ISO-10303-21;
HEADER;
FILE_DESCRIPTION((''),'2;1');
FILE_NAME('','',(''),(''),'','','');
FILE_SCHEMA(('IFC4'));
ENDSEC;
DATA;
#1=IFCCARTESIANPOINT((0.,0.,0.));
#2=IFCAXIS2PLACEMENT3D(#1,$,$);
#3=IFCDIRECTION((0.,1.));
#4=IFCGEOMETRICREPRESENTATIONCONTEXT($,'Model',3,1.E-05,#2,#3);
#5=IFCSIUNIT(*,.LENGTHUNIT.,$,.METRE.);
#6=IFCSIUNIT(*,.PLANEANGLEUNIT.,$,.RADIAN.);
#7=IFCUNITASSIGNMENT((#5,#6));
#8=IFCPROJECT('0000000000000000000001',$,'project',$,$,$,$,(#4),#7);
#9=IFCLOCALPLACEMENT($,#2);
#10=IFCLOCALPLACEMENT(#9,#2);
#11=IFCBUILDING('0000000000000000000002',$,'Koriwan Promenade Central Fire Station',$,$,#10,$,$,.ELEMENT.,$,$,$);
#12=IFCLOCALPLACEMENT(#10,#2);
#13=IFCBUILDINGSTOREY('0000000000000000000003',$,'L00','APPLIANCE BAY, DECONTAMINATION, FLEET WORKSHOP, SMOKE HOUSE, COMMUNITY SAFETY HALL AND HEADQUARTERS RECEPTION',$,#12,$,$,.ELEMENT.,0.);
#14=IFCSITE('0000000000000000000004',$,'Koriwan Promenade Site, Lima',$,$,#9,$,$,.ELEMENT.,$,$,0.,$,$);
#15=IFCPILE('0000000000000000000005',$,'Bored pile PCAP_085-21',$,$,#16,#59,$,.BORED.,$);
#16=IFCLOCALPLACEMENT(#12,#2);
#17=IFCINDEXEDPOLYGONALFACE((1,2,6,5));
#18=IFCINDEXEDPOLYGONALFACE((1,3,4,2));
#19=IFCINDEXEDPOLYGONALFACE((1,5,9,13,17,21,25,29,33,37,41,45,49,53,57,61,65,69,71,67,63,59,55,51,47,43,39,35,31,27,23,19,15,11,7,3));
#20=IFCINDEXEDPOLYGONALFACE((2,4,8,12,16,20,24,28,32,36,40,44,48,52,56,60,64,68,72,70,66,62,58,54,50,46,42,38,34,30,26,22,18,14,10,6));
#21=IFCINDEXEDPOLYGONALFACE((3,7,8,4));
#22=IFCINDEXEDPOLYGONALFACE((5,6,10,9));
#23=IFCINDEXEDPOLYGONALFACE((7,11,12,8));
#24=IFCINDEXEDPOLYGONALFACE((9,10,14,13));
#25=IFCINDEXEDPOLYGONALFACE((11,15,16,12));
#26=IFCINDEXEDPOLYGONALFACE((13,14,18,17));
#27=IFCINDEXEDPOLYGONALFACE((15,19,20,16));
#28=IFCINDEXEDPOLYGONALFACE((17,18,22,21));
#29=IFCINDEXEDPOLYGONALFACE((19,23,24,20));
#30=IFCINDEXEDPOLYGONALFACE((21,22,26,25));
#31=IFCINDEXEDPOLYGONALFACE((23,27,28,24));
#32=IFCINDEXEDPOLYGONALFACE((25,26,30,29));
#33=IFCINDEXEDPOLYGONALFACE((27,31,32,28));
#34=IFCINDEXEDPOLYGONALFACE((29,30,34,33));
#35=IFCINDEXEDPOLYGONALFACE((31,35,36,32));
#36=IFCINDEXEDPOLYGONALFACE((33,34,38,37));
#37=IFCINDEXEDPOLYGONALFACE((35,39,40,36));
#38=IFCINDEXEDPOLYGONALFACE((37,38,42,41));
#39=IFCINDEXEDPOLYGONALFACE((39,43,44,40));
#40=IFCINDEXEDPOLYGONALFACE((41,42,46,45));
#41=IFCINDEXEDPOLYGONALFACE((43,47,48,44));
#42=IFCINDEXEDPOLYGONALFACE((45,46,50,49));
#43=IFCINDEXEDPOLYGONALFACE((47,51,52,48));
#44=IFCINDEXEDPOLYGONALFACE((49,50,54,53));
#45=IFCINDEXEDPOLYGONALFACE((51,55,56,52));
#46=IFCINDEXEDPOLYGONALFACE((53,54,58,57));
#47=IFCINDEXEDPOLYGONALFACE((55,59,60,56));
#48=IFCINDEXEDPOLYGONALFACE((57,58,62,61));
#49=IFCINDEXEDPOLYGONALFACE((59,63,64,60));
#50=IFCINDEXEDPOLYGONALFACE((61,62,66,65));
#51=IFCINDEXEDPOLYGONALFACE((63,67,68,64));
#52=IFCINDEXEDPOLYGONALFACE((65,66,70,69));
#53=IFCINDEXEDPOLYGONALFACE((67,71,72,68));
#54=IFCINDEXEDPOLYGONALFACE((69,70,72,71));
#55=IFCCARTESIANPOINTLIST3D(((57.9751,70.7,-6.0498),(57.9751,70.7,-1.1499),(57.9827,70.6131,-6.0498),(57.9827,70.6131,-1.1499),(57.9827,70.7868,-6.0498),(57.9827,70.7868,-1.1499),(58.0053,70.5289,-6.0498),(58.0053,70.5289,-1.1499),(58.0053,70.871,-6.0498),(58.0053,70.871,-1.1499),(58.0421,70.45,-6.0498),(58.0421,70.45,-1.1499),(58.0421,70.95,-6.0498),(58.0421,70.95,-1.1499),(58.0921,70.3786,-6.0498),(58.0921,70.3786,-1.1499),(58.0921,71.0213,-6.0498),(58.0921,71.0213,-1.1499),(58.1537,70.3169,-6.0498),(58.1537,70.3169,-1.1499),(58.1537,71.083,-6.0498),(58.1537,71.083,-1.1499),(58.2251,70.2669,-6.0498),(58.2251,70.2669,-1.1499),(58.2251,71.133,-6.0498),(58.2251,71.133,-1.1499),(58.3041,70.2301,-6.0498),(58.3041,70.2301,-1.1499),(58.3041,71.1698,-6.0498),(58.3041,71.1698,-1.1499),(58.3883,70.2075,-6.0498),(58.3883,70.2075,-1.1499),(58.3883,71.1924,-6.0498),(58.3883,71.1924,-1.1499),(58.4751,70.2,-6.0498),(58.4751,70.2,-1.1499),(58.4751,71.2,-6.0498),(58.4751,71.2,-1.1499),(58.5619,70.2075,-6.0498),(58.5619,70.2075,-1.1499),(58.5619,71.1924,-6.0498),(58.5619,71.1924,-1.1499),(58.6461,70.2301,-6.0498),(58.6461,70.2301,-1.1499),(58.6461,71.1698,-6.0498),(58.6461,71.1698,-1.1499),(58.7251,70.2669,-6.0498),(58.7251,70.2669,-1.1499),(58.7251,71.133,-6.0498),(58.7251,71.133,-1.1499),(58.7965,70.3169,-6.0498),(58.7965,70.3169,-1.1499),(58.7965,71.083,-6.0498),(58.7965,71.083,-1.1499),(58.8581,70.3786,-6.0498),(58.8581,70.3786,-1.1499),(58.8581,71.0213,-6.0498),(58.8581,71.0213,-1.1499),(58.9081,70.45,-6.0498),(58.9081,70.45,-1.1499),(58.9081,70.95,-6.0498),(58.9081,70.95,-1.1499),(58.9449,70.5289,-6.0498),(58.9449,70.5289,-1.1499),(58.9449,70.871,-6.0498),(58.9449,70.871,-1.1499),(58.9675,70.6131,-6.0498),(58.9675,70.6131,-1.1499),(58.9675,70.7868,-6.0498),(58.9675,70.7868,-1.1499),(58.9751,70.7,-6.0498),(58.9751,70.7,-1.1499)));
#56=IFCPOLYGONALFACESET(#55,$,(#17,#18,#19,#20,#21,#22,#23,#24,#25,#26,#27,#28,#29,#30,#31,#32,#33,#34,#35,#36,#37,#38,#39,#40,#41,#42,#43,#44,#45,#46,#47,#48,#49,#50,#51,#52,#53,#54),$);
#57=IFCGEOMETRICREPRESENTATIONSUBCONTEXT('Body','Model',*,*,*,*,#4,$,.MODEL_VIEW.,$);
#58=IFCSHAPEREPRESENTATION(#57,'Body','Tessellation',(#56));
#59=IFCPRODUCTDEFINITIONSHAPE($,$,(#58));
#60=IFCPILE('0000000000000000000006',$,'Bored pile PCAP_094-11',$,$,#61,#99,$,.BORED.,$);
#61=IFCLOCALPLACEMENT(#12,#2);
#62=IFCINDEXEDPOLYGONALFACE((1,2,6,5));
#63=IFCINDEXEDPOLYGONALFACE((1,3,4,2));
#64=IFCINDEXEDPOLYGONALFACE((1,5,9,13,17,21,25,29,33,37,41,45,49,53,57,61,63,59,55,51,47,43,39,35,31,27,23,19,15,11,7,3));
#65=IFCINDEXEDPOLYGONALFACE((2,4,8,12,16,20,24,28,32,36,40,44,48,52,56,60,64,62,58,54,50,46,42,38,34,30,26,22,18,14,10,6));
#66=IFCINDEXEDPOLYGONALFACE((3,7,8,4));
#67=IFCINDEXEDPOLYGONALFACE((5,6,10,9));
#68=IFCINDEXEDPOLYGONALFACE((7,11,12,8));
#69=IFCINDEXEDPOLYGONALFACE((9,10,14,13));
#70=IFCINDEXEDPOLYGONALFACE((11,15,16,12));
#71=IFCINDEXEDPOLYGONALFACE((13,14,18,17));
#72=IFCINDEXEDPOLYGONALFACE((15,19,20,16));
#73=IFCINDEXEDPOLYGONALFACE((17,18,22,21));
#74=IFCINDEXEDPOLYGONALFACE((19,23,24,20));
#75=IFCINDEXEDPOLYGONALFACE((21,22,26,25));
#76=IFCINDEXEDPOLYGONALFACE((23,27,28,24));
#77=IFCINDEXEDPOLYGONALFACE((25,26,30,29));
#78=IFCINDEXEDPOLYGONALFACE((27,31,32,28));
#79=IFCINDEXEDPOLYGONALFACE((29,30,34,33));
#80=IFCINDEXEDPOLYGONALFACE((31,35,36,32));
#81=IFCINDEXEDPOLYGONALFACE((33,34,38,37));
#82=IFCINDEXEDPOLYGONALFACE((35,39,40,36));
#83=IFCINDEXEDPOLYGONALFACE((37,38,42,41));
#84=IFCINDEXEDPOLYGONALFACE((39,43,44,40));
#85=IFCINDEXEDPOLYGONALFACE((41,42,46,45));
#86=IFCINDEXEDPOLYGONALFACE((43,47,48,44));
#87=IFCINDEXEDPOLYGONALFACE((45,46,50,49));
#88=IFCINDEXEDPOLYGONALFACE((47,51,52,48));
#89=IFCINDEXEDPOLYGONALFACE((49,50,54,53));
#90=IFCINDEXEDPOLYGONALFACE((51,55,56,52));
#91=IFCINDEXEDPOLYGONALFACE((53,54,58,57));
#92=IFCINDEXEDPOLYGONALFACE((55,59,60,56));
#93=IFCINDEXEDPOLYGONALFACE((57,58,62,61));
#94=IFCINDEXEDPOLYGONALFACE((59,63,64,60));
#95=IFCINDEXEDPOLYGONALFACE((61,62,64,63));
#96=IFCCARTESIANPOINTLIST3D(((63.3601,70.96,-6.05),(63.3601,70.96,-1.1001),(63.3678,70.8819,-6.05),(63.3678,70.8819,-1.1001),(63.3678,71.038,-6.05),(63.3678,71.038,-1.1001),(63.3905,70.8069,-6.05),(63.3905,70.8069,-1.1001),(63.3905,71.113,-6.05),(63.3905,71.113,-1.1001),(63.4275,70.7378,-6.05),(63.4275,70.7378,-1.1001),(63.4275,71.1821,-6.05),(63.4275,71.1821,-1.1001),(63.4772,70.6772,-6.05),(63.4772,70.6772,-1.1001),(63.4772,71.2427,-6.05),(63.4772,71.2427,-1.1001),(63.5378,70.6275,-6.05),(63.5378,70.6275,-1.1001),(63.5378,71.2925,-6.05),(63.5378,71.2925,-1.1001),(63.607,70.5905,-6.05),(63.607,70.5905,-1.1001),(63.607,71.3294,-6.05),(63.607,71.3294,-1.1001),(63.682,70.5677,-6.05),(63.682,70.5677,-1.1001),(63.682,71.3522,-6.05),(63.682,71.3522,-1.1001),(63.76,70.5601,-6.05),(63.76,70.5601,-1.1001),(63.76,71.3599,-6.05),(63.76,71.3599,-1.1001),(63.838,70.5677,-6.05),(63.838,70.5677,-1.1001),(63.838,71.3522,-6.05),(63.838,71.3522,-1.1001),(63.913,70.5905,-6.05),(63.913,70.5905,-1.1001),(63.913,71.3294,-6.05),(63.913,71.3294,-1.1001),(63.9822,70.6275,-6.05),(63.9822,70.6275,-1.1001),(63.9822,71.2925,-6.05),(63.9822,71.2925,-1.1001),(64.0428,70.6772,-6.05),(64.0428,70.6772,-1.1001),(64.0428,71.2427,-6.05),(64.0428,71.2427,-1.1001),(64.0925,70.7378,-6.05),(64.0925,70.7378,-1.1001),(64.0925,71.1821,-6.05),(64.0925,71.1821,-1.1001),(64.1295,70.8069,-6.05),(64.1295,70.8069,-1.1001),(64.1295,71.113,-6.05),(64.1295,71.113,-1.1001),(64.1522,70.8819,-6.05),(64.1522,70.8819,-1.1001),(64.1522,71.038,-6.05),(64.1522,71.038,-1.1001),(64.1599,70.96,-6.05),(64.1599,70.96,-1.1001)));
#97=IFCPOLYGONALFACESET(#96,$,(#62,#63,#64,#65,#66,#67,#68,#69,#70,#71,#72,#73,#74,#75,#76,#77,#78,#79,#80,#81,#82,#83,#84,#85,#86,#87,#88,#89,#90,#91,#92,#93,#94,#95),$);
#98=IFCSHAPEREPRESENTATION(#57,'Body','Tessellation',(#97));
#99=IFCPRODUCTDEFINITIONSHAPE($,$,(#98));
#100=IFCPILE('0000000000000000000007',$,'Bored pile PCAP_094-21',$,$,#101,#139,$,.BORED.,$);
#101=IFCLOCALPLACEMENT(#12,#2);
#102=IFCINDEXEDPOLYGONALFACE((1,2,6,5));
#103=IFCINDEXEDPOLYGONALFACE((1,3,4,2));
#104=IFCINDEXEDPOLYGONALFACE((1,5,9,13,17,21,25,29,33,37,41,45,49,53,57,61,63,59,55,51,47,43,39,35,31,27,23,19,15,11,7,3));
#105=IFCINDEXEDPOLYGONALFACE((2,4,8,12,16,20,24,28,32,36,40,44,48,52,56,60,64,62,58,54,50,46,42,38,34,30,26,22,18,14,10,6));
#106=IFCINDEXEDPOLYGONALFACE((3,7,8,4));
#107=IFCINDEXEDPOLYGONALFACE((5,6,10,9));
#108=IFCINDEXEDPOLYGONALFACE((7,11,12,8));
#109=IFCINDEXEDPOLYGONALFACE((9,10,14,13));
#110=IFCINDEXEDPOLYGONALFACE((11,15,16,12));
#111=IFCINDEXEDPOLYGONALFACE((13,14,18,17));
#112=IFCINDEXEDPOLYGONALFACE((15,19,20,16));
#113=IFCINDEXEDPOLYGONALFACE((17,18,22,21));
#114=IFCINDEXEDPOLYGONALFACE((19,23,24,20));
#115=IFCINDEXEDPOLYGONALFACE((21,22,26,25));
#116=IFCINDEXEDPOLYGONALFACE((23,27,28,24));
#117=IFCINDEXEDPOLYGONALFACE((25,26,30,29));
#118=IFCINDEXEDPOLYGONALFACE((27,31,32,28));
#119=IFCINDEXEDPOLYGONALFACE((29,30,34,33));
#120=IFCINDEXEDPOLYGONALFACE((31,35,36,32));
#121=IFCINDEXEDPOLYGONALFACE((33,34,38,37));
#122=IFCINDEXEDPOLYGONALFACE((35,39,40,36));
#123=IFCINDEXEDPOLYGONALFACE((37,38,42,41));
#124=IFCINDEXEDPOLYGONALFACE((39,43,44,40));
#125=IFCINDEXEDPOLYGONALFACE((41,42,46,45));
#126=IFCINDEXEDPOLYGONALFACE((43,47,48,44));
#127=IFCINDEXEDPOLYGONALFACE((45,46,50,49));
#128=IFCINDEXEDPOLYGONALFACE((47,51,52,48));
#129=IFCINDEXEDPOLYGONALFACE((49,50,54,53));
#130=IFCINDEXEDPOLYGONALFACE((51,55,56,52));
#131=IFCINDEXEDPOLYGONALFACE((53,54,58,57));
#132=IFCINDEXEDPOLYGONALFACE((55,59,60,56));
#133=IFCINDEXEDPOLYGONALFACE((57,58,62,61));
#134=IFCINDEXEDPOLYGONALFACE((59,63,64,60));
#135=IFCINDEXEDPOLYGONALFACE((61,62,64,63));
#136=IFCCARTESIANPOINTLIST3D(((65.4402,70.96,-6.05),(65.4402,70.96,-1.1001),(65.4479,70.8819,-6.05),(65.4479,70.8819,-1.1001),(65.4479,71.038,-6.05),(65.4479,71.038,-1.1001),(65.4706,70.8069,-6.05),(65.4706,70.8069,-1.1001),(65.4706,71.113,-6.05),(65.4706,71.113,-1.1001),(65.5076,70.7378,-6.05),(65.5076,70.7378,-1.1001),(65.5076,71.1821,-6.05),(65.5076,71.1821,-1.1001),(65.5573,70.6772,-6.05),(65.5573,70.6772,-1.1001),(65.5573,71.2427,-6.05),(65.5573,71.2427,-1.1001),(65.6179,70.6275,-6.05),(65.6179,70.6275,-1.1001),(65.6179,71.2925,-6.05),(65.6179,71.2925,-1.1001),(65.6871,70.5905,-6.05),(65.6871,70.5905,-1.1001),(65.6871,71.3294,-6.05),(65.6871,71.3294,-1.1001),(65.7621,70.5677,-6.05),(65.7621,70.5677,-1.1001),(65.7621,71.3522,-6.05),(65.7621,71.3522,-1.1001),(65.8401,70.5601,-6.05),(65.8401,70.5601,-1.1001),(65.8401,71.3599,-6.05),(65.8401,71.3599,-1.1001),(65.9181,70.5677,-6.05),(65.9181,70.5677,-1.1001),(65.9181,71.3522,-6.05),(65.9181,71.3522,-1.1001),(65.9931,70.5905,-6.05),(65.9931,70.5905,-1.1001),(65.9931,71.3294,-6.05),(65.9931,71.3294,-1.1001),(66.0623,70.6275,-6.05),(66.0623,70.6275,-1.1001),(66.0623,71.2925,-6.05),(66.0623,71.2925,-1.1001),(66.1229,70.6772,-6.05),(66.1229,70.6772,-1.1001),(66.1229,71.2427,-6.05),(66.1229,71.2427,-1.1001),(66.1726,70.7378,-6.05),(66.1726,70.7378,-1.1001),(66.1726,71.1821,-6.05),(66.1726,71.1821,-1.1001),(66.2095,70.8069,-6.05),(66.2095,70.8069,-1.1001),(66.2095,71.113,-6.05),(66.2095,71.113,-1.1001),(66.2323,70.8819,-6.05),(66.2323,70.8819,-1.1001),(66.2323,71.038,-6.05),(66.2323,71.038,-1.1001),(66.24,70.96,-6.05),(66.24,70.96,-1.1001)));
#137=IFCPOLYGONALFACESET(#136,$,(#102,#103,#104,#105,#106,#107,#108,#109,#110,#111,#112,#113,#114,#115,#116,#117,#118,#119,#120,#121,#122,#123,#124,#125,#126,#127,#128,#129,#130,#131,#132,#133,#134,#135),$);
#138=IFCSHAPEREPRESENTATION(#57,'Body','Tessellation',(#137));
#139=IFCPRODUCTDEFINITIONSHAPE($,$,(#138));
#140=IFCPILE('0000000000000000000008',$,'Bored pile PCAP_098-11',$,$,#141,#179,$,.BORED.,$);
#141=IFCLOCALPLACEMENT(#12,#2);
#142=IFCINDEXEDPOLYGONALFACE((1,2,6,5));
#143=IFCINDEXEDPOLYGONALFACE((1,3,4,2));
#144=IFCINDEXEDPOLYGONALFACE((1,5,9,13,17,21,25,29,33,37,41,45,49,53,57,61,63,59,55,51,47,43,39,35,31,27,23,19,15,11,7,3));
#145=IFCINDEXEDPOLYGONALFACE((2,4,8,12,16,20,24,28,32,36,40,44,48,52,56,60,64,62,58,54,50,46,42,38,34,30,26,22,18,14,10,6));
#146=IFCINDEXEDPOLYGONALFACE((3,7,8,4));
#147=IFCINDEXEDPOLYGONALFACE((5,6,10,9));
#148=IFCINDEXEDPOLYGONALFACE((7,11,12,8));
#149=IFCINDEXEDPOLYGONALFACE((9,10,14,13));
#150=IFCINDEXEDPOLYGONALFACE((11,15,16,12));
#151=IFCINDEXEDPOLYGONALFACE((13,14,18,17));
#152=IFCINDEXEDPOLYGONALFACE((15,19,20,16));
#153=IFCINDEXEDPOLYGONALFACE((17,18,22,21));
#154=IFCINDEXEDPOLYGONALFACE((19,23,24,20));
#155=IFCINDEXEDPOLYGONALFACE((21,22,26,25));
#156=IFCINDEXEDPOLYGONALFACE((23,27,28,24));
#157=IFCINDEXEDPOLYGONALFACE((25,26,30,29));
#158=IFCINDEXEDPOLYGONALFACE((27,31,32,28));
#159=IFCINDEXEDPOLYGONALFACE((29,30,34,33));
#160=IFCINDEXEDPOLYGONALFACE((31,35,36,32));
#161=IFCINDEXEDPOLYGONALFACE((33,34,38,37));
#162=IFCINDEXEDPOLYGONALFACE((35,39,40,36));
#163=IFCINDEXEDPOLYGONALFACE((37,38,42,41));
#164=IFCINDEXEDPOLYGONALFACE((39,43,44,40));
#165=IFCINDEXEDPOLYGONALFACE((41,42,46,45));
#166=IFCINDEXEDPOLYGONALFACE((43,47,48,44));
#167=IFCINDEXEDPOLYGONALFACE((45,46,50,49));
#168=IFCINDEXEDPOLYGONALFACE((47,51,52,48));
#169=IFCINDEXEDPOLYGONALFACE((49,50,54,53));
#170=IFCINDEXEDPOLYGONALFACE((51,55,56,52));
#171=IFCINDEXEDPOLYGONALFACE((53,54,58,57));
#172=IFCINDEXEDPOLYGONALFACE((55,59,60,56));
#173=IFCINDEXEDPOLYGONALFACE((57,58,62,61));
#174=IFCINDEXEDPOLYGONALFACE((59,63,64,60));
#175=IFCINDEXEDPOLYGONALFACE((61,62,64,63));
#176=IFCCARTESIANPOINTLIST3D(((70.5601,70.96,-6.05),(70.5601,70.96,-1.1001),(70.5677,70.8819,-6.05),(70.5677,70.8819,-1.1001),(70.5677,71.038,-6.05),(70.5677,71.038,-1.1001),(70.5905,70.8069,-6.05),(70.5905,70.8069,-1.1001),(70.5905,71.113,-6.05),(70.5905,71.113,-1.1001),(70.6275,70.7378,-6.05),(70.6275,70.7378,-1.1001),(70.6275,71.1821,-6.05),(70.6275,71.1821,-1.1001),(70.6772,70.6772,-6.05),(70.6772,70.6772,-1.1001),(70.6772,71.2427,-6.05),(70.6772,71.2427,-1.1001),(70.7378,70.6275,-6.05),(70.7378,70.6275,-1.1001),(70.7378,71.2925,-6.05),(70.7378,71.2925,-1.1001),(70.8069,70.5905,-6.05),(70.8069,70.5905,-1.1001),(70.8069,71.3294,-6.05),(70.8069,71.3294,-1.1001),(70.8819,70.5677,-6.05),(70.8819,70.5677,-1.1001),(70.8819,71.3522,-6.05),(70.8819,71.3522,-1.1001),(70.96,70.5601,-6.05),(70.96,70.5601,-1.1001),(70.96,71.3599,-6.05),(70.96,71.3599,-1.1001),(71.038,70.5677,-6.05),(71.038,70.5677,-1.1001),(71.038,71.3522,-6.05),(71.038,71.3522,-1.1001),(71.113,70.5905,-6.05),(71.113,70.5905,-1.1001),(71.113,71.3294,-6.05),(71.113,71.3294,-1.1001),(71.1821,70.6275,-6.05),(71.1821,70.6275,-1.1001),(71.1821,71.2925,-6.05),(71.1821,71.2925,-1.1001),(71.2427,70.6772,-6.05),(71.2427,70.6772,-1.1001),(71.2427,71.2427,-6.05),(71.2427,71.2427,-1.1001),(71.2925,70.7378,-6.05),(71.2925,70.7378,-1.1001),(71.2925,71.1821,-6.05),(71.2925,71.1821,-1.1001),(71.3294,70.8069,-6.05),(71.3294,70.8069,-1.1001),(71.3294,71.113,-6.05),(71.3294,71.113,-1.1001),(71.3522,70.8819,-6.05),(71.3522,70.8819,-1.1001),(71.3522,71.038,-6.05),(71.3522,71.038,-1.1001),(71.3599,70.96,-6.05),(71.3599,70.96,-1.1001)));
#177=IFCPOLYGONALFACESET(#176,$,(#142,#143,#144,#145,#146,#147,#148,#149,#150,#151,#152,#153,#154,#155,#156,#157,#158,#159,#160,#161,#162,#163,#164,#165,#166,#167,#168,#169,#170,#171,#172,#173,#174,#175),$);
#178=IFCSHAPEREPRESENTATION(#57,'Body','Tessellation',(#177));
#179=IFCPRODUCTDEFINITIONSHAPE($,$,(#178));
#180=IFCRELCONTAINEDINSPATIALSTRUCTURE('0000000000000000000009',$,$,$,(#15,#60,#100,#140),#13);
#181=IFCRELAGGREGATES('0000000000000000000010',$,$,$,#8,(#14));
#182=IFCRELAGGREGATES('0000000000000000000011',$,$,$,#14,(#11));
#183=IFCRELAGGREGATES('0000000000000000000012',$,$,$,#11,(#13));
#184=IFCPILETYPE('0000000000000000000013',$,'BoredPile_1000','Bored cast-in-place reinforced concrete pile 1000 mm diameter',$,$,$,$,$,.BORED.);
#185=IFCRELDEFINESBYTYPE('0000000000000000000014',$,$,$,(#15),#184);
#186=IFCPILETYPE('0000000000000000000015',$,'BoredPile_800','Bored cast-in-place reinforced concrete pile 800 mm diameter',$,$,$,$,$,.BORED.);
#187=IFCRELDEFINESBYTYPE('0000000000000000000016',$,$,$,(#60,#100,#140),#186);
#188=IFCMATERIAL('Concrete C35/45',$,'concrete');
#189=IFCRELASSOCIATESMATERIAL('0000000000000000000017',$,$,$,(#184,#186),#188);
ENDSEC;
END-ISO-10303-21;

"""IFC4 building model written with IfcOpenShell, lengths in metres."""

from ifc_helpers import new_model, si_unit, direction, frame, origin, origin_2d, place, context, subcontext, project, spatial, circle, extrude, material, material_profile, profile_set, type_object, element, save


model = new_model("IFC4")

# Units and contexts
model_context = context("Model", 3, precision=1e-05, world=origin(), true_north=direction((0.0, 1.0)))
body_context = subcontext(model_context, "Body", "Model", "MODEL_VIEW")
ifc_project = project(units=[si_unit("LENGTHUNIT", "METRE"), si_unit("PLANEANGLEUNIT", "RADIAN")], contexts=[model_context])

# Site, building, storey
site_placement = place(None, origin())
site = spatial("IfcSite", under=ifc_project, at=site_placement, Name="Koriwan Promenade Site, Lima", CompositionType="ELEMENT", RefElevation=0.0)
building_placement = place(site_placement, origin())
building = spatial("IfcBuilding", under=site, at=building_placement, Name="Koriwan Promenade Central Fire Station", CompositionType="ELEMENT")
storey_placement = place(building_placement, origin())
storey = spatial("IfcBuildingStorey", under=building, at=storey_placement, Name="L00", Description="APPLIANCE BAY, DECONTAMINATION, FLEET WORKSHOP, SMOKE HOUSE, COMMUNITY SAFETY HALL AND HEADQUARTERS RECEPTION", CompositionType="ELEMENT", Elevation=0.0)

# Piles
ifc_material_1 = material(Name="Concrete C35/45", Category="concrete")
ifc_material_profile_1 = material_profile(ifc_material_1, circle(Radius=0.5, at=origin_2d()), Name="PILE-D1000")
ifc_profile_set_1 = profile_set([ifc_material_profile_1], Name="Concrete C35/45")
pile_type_1 = type_object("IfcPileType", Name="BoredPile_1000", Description="Bored cast-in-place reinforced concrete pile 1000 mm diameter", PredefinedType="BORED", material=ifc_profile_set_1)
pile_placement = place(storey_placement, frame((58.4751, 70.7, -1.1499), z_axis=(0.0, 0.0, -1.0), x_axis=(1.0, 0.0, 0.0)))
element("IfcPile", 1, at=pile_placement, inside=storey, type_object=pile_type_1, Name="Bored pile PCAP_085-21", PredefinedType="BORED", context=body_context, shape_type="SweptSolid", body=[
    extrude(circle(Radius=0.5, at=origin_2d()), origin(), (0.0, 0.0, 1.0), 4.8999),
])
ifc_material_profile_2 = material_profile(ifc_material_1, circle(Radius=0.3999, at=origin_2d()), Name="PILE-D800")
ifc_profile_set_2 = profile_set([ifc_material_profile_2], Name="Concrete C35/45")
pile_type_2 = type_object("IfcPileType", Name="BoredPile_800", Description="Bored cast-in-place reinforced concrete pile 800 mm diameter", PredefinedType="BORED", material=ifc_profile_set_2)
for number, where, z_axis, x_axis, name in (
    (2, (63.76, 70.96, -1.1001), (0.0, 0.0, -1.0), (1.0, 0.0, 0.0), "Bored pile PCAP_094-11"),
    (3, (65.8401, 70.96, -1.1001), (0.0, 0.0, -1.0), (1.0, 0.0, 0.0), "Bored pile PCAP_094-21"),
    (4, (70.96, 70.96, -1.1001), (0.0, 0.0, -1.0), (1.0, 0.0, 0.0), "Bored pile PCAP_098-11"),
):
    element("IfcPile", number, at=place(storey_placement, frame(where, z_axis=z_axis, x_axis=x_axis)), inside=storey, type_object=pile_type_2, Name=name, PredefinedType="BORED", context=body_context, shape_type="SweptSolid", body=[
        extrude(circle(Radius=0.3999, at=origin_2d()), origin(), (0.0, 0.0, 1.0), 4.95),
    ])

save(model, "model.ifc")
